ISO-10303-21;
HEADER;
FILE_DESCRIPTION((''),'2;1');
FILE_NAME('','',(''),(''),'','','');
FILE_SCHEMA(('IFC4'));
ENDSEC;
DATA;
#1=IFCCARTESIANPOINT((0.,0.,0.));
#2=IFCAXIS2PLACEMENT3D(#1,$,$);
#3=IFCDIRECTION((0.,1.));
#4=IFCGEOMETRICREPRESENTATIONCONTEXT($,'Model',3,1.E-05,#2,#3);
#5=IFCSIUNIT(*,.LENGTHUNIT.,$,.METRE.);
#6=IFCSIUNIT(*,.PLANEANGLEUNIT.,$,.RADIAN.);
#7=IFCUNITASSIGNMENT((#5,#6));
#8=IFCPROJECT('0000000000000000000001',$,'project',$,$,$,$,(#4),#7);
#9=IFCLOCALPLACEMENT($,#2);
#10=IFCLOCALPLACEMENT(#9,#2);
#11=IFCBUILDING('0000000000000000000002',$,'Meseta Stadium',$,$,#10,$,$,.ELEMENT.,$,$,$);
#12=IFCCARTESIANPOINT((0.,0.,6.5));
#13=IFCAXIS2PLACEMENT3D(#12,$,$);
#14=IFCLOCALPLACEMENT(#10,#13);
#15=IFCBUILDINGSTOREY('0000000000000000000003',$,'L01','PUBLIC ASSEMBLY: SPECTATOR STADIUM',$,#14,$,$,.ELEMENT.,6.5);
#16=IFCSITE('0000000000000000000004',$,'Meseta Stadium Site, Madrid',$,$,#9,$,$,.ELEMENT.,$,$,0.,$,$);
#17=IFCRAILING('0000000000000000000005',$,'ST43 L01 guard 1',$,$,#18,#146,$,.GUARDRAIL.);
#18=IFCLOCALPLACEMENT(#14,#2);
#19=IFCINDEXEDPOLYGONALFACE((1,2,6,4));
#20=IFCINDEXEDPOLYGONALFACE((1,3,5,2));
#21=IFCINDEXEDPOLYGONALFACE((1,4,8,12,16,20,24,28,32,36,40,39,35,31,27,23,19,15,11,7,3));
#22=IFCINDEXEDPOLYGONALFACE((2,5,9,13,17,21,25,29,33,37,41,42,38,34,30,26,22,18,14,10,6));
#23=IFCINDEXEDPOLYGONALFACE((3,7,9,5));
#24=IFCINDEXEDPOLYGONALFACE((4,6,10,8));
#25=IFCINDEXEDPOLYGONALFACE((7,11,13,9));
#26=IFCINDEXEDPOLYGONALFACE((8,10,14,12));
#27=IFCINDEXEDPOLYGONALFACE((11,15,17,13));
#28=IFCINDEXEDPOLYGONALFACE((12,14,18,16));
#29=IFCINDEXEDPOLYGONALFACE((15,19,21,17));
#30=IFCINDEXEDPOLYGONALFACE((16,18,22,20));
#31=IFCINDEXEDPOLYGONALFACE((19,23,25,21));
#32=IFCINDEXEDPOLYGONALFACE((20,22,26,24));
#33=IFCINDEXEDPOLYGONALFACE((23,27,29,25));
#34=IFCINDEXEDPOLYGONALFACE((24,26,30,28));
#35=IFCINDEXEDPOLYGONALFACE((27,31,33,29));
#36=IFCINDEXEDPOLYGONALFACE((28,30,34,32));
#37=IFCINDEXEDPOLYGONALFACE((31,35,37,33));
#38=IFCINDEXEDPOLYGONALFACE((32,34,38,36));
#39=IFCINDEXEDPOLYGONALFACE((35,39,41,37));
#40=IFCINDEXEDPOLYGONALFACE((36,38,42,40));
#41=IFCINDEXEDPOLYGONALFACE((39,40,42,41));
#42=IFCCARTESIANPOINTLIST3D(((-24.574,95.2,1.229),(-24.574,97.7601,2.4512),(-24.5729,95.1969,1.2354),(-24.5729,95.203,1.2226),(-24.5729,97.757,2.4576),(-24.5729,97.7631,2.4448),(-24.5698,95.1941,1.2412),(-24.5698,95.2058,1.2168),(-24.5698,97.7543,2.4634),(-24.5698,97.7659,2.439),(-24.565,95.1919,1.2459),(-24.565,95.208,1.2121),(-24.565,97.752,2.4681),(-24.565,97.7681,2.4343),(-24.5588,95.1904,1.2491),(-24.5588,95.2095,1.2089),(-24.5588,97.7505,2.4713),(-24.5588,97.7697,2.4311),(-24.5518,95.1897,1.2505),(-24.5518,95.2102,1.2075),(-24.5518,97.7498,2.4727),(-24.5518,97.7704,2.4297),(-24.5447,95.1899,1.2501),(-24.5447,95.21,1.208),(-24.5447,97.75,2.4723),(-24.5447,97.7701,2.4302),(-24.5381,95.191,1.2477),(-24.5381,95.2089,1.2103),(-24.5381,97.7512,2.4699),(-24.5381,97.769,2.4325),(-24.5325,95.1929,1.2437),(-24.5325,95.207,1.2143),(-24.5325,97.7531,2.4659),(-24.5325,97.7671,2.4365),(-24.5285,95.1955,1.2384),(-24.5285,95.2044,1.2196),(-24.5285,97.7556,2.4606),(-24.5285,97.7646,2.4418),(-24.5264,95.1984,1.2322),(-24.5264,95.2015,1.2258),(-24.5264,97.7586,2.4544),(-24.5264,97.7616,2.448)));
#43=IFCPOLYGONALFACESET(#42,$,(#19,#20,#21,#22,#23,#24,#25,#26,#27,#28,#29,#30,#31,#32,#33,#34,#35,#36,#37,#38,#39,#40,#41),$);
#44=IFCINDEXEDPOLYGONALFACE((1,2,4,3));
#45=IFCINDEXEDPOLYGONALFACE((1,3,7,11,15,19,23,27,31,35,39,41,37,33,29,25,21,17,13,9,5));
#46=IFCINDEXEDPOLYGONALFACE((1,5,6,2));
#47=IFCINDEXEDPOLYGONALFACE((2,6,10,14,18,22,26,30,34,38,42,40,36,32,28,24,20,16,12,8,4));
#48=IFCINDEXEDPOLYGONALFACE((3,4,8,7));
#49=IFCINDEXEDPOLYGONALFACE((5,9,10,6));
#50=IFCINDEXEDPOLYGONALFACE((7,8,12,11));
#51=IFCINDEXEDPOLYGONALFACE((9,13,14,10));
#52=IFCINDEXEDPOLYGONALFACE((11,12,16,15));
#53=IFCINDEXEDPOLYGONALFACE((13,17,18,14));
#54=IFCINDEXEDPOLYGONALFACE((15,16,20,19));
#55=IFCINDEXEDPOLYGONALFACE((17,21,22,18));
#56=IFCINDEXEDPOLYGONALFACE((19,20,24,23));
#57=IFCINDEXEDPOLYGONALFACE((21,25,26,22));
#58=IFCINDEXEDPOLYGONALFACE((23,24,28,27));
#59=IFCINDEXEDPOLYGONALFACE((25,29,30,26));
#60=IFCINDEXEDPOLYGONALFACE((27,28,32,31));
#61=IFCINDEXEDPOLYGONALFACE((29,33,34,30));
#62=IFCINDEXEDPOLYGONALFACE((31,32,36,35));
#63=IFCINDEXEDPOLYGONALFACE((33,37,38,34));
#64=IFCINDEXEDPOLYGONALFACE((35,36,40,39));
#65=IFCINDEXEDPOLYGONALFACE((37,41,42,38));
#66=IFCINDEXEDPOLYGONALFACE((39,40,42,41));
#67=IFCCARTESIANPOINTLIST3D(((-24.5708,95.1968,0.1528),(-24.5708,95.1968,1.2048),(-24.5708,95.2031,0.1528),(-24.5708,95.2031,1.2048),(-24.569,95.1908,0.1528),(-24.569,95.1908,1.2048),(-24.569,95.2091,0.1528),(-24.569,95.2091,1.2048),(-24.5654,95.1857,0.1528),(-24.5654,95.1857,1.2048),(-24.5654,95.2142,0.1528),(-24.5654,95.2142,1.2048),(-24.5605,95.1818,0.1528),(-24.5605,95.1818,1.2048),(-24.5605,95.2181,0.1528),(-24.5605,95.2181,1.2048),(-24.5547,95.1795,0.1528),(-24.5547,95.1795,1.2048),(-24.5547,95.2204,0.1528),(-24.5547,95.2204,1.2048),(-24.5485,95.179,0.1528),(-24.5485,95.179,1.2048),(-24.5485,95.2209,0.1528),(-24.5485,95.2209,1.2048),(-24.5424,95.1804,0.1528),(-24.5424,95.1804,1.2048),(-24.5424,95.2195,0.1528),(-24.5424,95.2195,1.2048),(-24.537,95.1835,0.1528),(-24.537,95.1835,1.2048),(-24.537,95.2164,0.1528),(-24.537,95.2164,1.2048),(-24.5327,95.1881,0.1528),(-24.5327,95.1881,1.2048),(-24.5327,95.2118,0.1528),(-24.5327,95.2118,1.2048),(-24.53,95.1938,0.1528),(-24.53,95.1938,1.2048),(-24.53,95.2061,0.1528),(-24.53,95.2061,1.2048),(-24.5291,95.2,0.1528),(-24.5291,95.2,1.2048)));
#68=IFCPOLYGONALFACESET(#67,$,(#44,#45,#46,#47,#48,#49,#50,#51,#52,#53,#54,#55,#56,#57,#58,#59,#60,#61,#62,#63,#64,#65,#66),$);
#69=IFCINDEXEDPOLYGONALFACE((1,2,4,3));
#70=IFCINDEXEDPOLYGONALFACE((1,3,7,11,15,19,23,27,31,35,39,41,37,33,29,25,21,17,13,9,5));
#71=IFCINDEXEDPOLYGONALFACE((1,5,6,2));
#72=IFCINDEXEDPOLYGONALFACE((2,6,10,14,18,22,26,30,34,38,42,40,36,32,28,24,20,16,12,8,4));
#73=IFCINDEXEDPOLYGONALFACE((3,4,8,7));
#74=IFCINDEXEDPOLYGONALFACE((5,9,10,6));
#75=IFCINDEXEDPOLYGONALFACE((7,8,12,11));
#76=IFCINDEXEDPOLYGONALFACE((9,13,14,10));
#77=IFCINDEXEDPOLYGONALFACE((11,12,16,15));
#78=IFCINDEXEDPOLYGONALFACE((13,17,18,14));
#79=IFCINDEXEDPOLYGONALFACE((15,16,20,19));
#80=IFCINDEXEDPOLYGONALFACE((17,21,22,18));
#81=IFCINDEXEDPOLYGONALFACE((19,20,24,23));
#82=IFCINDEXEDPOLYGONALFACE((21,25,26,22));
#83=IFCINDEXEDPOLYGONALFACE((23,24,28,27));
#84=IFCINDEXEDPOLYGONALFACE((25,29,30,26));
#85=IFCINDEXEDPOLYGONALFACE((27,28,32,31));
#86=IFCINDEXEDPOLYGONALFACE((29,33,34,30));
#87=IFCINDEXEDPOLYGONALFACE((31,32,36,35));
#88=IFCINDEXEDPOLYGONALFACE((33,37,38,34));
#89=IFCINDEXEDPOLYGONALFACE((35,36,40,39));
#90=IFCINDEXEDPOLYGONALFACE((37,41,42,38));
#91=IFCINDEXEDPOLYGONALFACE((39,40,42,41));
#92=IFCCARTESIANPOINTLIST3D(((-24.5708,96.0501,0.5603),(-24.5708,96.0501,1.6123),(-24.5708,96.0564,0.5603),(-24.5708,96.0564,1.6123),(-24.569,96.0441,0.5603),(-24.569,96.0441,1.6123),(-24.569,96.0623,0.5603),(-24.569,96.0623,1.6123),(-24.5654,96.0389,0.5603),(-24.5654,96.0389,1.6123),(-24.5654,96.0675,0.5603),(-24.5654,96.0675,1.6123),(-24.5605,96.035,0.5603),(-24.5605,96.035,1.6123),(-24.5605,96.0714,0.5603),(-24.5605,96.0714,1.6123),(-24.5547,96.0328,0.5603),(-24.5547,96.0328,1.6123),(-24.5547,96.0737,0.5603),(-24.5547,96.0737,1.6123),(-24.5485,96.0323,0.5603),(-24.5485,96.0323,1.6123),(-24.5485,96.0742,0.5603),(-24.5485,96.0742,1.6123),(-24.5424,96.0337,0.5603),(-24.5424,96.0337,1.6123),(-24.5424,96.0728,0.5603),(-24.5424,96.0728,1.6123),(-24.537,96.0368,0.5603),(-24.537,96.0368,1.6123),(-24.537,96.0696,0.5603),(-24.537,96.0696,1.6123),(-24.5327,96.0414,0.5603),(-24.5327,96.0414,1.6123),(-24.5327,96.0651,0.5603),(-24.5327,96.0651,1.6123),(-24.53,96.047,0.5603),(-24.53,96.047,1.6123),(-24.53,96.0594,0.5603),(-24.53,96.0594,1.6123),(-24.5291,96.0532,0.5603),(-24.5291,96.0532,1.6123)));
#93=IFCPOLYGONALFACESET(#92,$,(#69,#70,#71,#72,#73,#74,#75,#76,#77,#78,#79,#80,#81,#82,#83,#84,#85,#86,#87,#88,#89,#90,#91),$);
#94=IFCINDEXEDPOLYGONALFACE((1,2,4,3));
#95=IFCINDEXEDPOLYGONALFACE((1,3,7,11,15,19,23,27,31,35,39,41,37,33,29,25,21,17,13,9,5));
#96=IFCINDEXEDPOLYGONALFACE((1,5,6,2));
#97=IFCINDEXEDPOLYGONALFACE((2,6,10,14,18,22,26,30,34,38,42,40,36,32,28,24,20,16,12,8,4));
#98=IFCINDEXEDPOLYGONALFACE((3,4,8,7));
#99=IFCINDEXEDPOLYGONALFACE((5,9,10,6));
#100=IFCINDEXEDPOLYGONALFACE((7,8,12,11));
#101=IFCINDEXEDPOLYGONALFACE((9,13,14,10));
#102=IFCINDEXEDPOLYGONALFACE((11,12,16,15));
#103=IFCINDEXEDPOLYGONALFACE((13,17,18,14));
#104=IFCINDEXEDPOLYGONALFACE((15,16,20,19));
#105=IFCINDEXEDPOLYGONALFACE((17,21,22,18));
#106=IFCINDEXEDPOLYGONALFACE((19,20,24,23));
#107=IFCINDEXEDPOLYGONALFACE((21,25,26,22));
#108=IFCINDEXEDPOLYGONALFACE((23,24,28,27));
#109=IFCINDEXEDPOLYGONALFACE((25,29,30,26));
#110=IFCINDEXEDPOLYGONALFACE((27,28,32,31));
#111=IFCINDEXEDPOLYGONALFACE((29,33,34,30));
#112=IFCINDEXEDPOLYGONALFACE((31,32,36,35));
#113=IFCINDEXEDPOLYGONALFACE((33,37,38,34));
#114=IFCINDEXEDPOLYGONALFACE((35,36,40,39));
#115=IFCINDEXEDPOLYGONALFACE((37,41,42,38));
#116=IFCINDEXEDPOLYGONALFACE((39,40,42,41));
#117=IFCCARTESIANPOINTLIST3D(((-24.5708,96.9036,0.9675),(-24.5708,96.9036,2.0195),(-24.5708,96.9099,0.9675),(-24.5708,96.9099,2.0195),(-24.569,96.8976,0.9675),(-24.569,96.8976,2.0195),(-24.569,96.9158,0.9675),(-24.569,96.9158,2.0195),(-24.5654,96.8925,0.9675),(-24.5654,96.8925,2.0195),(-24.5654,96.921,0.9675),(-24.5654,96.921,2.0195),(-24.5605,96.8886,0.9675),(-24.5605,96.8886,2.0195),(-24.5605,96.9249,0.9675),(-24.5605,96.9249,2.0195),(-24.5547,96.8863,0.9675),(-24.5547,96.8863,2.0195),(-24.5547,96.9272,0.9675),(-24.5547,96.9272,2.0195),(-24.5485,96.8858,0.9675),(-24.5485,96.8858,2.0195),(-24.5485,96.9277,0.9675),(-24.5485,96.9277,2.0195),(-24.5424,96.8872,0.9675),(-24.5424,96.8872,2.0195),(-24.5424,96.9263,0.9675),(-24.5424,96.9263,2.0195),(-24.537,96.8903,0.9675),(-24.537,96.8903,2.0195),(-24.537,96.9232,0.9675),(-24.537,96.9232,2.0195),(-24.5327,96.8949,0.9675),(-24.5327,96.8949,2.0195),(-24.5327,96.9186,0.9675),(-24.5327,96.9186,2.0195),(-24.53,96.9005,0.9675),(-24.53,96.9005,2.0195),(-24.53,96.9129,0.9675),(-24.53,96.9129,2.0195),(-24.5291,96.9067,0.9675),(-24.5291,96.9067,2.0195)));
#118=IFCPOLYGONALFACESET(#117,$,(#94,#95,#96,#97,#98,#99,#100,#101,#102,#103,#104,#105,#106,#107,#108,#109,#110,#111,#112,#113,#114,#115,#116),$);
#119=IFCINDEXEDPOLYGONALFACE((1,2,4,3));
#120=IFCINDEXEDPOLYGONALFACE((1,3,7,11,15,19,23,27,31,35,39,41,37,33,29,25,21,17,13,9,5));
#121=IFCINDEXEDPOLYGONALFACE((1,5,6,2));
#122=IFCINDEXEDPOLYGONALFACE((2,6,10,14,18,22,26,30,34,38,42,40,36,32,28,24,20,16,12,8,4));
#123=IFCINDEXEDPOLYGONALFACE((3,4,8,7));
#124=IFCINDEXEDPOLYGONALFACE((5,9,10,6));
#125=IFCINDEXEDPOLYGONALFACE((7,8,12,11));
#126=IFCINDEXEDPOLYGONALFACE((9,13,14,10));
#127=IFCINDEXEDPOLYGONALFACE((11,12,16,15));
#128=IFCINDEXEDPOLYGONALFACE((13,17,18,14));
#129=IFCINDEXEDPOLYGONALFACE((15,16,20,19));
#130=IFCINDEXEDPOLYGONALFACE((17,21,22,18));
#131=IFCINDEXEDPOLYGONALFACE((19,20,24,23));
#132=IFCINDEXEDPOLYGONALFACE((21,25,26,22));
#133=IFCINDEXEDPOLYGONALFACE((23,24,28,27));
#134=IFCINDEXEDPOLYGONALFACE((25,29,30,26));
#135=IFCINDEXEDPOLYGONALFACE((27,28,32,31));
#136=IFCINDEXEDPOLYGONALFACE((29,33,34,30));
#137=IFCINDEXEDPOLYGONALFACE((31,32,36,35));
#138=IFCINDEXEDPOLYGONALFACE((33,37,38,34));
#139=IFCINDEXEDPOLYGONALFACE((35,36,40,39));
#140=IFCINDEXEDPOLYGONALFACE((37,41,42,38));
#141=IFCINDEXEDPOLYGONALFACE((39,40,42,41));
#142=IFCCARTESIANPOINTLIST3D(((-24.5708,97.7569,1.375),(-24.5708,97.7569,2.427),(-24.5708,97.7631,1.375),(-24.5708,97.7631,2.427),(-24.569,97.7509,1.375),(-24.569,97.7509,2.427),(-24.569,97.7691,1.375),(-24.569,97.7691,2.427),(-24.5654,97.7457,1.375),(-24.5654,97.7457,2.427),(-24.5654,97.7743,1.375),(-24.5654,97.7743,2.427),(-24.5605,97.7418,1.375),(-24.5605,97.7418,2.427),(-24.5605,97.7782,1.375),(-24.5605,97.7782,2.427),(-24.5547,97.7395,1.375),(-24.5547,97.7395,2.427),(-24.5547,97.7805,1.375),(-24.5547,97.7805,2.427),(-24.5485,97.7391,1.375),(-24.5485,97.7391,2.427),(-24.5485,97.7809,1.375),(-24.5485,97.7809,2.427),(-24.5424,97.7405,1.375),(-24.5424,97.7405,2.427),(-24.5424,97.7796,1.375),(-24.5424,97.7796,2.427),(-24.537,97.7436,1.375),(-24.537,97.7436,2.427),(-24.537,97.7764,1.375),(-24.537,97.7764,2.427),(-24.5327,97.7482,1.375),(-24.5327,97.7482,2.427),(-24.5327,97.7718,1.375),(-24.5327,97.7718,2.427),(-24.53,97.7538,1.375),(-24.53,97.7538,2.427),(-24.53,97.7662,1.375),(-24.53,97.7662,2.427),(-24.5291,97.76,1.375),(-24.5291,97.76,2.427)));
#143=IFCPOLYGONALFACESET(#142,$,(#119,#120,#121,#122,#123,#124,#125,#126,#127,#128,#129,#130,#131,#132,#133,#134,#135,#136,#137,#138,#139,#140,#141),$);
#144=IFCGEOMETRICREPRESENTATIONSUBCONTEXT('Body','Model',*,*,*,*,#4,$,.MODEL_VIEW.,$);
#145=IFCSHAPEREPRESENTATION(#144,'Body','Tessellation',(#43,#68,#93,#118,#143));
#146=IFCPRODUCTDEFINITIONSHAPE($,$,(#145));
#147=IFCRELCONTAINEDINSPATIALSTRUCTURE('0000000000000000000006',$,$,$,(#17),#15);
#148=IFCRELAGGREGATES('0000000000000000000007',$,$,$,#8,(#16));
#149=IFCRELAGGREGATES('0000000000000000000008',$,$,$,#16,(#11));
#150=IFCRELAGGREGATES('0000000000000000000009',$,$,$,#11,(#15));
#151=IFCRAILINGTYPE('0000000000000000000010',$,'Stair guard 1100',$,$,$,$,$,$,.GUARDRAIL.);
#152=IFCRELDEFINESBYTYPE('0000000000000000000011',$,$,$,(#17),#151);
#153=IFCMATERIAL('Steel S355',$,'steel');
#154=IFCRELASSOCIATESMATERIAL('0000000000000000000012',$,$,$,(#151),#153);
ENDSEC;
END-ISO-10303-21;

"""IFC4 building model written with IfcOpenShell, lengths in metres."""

from ifc_helpers import new_model, si_unit, direction, frame, origin, origin_2d, place, context, subcontext, project, spatial, circle, extrude, material, type_object, element, save


model = new_model("IFC4")

# Units and contexts
model_context = context("Model", 3, precision=1e-05, world=origin(), true_north=direction((0.0, 1.0)))
body_context = subcontext(model_context, "Body", "Model", "MODEL_VIEW")
ifc_project = project(units=[si_unit("LENGTHUNIT", "METRE"), si_unit("PLANEANGLEUNIT", "RADIAN")], contexts=[model_context])

# Site, building, storey
site_placement = place(None, origin())
site = spatial("IfcSite", under=ifc_project, at=site_placement, Name="Meseta Stadium Site, Madrid", CompositionType="ELEMENT", RefElevation=0.0)
building_placement = place(site_placement, origin())
building = spatial("IfcBuilding", under=site, at=building_placement, Name="Meseta Stadium", CompositionType="ELEMENT")
storey_placement = place(building_placement, frame((0.0, 0.0, 6.5)))
storey = spatial("IfcBuildingStorey", under=building, at=storey_placement, Name="L01", Description="PUBLIC ASSEMBLY: SPECTATOR STADIUM", CompositionType="ELEMENT", Elevation=6.5)

# Railing
ifc_material_1 = material(Name="Steel S355", Category="steel")
railing_type_1 = type_object("IfcRailingType", Name="Stair guard 1100", PredefinedType="GUARDRAIL", material=ifc_material_1)
railing_1_placement = place(storey_placement, frame((-24.55, 95.2, 0.1528)))
element("IfcRailing", 1, at=railing_1_placement, inside=storey, type_object=railing_type_1, Name="ST43 L01 guard 1", PredefinedType="GUARDRAIL", context=body_context, shape_type="SweptSolid", body=[
    extrude(circle(Radius=0.0239, at=origin_2d()), frame((0.0, 0.0, 1.0762), z_axis=(0.0, 0.902437, 0.430822), x_axis=(-1.0, 0.0, 0.0)), (0.0, 0.0, 1.0), 2.8369),
    extrude(circle(Radius=0.021, at=origin_2d()), origin(), (0.0, 0.0, 1.0), 1.052),
    extrude(circle(Radius=0.021, at=origin_2d()), frame((0.0, 0.8533, 0.4075)), (0.0, 0.0, 1.0), 1.052),
    extrude(circle(Radius=0.021, at=origin_2d()), frame((0.0, 1.7068, 0.8147)), (0.0, 0.0, 1.0), 1.052),
    extrude(circle(Radius=0.021, at=origin_2d()), frame((0.0, 2.5601, 1.2222)), (0.0, 0.0, 1.0), 1.052),
])

save(model, "model.ifc")
